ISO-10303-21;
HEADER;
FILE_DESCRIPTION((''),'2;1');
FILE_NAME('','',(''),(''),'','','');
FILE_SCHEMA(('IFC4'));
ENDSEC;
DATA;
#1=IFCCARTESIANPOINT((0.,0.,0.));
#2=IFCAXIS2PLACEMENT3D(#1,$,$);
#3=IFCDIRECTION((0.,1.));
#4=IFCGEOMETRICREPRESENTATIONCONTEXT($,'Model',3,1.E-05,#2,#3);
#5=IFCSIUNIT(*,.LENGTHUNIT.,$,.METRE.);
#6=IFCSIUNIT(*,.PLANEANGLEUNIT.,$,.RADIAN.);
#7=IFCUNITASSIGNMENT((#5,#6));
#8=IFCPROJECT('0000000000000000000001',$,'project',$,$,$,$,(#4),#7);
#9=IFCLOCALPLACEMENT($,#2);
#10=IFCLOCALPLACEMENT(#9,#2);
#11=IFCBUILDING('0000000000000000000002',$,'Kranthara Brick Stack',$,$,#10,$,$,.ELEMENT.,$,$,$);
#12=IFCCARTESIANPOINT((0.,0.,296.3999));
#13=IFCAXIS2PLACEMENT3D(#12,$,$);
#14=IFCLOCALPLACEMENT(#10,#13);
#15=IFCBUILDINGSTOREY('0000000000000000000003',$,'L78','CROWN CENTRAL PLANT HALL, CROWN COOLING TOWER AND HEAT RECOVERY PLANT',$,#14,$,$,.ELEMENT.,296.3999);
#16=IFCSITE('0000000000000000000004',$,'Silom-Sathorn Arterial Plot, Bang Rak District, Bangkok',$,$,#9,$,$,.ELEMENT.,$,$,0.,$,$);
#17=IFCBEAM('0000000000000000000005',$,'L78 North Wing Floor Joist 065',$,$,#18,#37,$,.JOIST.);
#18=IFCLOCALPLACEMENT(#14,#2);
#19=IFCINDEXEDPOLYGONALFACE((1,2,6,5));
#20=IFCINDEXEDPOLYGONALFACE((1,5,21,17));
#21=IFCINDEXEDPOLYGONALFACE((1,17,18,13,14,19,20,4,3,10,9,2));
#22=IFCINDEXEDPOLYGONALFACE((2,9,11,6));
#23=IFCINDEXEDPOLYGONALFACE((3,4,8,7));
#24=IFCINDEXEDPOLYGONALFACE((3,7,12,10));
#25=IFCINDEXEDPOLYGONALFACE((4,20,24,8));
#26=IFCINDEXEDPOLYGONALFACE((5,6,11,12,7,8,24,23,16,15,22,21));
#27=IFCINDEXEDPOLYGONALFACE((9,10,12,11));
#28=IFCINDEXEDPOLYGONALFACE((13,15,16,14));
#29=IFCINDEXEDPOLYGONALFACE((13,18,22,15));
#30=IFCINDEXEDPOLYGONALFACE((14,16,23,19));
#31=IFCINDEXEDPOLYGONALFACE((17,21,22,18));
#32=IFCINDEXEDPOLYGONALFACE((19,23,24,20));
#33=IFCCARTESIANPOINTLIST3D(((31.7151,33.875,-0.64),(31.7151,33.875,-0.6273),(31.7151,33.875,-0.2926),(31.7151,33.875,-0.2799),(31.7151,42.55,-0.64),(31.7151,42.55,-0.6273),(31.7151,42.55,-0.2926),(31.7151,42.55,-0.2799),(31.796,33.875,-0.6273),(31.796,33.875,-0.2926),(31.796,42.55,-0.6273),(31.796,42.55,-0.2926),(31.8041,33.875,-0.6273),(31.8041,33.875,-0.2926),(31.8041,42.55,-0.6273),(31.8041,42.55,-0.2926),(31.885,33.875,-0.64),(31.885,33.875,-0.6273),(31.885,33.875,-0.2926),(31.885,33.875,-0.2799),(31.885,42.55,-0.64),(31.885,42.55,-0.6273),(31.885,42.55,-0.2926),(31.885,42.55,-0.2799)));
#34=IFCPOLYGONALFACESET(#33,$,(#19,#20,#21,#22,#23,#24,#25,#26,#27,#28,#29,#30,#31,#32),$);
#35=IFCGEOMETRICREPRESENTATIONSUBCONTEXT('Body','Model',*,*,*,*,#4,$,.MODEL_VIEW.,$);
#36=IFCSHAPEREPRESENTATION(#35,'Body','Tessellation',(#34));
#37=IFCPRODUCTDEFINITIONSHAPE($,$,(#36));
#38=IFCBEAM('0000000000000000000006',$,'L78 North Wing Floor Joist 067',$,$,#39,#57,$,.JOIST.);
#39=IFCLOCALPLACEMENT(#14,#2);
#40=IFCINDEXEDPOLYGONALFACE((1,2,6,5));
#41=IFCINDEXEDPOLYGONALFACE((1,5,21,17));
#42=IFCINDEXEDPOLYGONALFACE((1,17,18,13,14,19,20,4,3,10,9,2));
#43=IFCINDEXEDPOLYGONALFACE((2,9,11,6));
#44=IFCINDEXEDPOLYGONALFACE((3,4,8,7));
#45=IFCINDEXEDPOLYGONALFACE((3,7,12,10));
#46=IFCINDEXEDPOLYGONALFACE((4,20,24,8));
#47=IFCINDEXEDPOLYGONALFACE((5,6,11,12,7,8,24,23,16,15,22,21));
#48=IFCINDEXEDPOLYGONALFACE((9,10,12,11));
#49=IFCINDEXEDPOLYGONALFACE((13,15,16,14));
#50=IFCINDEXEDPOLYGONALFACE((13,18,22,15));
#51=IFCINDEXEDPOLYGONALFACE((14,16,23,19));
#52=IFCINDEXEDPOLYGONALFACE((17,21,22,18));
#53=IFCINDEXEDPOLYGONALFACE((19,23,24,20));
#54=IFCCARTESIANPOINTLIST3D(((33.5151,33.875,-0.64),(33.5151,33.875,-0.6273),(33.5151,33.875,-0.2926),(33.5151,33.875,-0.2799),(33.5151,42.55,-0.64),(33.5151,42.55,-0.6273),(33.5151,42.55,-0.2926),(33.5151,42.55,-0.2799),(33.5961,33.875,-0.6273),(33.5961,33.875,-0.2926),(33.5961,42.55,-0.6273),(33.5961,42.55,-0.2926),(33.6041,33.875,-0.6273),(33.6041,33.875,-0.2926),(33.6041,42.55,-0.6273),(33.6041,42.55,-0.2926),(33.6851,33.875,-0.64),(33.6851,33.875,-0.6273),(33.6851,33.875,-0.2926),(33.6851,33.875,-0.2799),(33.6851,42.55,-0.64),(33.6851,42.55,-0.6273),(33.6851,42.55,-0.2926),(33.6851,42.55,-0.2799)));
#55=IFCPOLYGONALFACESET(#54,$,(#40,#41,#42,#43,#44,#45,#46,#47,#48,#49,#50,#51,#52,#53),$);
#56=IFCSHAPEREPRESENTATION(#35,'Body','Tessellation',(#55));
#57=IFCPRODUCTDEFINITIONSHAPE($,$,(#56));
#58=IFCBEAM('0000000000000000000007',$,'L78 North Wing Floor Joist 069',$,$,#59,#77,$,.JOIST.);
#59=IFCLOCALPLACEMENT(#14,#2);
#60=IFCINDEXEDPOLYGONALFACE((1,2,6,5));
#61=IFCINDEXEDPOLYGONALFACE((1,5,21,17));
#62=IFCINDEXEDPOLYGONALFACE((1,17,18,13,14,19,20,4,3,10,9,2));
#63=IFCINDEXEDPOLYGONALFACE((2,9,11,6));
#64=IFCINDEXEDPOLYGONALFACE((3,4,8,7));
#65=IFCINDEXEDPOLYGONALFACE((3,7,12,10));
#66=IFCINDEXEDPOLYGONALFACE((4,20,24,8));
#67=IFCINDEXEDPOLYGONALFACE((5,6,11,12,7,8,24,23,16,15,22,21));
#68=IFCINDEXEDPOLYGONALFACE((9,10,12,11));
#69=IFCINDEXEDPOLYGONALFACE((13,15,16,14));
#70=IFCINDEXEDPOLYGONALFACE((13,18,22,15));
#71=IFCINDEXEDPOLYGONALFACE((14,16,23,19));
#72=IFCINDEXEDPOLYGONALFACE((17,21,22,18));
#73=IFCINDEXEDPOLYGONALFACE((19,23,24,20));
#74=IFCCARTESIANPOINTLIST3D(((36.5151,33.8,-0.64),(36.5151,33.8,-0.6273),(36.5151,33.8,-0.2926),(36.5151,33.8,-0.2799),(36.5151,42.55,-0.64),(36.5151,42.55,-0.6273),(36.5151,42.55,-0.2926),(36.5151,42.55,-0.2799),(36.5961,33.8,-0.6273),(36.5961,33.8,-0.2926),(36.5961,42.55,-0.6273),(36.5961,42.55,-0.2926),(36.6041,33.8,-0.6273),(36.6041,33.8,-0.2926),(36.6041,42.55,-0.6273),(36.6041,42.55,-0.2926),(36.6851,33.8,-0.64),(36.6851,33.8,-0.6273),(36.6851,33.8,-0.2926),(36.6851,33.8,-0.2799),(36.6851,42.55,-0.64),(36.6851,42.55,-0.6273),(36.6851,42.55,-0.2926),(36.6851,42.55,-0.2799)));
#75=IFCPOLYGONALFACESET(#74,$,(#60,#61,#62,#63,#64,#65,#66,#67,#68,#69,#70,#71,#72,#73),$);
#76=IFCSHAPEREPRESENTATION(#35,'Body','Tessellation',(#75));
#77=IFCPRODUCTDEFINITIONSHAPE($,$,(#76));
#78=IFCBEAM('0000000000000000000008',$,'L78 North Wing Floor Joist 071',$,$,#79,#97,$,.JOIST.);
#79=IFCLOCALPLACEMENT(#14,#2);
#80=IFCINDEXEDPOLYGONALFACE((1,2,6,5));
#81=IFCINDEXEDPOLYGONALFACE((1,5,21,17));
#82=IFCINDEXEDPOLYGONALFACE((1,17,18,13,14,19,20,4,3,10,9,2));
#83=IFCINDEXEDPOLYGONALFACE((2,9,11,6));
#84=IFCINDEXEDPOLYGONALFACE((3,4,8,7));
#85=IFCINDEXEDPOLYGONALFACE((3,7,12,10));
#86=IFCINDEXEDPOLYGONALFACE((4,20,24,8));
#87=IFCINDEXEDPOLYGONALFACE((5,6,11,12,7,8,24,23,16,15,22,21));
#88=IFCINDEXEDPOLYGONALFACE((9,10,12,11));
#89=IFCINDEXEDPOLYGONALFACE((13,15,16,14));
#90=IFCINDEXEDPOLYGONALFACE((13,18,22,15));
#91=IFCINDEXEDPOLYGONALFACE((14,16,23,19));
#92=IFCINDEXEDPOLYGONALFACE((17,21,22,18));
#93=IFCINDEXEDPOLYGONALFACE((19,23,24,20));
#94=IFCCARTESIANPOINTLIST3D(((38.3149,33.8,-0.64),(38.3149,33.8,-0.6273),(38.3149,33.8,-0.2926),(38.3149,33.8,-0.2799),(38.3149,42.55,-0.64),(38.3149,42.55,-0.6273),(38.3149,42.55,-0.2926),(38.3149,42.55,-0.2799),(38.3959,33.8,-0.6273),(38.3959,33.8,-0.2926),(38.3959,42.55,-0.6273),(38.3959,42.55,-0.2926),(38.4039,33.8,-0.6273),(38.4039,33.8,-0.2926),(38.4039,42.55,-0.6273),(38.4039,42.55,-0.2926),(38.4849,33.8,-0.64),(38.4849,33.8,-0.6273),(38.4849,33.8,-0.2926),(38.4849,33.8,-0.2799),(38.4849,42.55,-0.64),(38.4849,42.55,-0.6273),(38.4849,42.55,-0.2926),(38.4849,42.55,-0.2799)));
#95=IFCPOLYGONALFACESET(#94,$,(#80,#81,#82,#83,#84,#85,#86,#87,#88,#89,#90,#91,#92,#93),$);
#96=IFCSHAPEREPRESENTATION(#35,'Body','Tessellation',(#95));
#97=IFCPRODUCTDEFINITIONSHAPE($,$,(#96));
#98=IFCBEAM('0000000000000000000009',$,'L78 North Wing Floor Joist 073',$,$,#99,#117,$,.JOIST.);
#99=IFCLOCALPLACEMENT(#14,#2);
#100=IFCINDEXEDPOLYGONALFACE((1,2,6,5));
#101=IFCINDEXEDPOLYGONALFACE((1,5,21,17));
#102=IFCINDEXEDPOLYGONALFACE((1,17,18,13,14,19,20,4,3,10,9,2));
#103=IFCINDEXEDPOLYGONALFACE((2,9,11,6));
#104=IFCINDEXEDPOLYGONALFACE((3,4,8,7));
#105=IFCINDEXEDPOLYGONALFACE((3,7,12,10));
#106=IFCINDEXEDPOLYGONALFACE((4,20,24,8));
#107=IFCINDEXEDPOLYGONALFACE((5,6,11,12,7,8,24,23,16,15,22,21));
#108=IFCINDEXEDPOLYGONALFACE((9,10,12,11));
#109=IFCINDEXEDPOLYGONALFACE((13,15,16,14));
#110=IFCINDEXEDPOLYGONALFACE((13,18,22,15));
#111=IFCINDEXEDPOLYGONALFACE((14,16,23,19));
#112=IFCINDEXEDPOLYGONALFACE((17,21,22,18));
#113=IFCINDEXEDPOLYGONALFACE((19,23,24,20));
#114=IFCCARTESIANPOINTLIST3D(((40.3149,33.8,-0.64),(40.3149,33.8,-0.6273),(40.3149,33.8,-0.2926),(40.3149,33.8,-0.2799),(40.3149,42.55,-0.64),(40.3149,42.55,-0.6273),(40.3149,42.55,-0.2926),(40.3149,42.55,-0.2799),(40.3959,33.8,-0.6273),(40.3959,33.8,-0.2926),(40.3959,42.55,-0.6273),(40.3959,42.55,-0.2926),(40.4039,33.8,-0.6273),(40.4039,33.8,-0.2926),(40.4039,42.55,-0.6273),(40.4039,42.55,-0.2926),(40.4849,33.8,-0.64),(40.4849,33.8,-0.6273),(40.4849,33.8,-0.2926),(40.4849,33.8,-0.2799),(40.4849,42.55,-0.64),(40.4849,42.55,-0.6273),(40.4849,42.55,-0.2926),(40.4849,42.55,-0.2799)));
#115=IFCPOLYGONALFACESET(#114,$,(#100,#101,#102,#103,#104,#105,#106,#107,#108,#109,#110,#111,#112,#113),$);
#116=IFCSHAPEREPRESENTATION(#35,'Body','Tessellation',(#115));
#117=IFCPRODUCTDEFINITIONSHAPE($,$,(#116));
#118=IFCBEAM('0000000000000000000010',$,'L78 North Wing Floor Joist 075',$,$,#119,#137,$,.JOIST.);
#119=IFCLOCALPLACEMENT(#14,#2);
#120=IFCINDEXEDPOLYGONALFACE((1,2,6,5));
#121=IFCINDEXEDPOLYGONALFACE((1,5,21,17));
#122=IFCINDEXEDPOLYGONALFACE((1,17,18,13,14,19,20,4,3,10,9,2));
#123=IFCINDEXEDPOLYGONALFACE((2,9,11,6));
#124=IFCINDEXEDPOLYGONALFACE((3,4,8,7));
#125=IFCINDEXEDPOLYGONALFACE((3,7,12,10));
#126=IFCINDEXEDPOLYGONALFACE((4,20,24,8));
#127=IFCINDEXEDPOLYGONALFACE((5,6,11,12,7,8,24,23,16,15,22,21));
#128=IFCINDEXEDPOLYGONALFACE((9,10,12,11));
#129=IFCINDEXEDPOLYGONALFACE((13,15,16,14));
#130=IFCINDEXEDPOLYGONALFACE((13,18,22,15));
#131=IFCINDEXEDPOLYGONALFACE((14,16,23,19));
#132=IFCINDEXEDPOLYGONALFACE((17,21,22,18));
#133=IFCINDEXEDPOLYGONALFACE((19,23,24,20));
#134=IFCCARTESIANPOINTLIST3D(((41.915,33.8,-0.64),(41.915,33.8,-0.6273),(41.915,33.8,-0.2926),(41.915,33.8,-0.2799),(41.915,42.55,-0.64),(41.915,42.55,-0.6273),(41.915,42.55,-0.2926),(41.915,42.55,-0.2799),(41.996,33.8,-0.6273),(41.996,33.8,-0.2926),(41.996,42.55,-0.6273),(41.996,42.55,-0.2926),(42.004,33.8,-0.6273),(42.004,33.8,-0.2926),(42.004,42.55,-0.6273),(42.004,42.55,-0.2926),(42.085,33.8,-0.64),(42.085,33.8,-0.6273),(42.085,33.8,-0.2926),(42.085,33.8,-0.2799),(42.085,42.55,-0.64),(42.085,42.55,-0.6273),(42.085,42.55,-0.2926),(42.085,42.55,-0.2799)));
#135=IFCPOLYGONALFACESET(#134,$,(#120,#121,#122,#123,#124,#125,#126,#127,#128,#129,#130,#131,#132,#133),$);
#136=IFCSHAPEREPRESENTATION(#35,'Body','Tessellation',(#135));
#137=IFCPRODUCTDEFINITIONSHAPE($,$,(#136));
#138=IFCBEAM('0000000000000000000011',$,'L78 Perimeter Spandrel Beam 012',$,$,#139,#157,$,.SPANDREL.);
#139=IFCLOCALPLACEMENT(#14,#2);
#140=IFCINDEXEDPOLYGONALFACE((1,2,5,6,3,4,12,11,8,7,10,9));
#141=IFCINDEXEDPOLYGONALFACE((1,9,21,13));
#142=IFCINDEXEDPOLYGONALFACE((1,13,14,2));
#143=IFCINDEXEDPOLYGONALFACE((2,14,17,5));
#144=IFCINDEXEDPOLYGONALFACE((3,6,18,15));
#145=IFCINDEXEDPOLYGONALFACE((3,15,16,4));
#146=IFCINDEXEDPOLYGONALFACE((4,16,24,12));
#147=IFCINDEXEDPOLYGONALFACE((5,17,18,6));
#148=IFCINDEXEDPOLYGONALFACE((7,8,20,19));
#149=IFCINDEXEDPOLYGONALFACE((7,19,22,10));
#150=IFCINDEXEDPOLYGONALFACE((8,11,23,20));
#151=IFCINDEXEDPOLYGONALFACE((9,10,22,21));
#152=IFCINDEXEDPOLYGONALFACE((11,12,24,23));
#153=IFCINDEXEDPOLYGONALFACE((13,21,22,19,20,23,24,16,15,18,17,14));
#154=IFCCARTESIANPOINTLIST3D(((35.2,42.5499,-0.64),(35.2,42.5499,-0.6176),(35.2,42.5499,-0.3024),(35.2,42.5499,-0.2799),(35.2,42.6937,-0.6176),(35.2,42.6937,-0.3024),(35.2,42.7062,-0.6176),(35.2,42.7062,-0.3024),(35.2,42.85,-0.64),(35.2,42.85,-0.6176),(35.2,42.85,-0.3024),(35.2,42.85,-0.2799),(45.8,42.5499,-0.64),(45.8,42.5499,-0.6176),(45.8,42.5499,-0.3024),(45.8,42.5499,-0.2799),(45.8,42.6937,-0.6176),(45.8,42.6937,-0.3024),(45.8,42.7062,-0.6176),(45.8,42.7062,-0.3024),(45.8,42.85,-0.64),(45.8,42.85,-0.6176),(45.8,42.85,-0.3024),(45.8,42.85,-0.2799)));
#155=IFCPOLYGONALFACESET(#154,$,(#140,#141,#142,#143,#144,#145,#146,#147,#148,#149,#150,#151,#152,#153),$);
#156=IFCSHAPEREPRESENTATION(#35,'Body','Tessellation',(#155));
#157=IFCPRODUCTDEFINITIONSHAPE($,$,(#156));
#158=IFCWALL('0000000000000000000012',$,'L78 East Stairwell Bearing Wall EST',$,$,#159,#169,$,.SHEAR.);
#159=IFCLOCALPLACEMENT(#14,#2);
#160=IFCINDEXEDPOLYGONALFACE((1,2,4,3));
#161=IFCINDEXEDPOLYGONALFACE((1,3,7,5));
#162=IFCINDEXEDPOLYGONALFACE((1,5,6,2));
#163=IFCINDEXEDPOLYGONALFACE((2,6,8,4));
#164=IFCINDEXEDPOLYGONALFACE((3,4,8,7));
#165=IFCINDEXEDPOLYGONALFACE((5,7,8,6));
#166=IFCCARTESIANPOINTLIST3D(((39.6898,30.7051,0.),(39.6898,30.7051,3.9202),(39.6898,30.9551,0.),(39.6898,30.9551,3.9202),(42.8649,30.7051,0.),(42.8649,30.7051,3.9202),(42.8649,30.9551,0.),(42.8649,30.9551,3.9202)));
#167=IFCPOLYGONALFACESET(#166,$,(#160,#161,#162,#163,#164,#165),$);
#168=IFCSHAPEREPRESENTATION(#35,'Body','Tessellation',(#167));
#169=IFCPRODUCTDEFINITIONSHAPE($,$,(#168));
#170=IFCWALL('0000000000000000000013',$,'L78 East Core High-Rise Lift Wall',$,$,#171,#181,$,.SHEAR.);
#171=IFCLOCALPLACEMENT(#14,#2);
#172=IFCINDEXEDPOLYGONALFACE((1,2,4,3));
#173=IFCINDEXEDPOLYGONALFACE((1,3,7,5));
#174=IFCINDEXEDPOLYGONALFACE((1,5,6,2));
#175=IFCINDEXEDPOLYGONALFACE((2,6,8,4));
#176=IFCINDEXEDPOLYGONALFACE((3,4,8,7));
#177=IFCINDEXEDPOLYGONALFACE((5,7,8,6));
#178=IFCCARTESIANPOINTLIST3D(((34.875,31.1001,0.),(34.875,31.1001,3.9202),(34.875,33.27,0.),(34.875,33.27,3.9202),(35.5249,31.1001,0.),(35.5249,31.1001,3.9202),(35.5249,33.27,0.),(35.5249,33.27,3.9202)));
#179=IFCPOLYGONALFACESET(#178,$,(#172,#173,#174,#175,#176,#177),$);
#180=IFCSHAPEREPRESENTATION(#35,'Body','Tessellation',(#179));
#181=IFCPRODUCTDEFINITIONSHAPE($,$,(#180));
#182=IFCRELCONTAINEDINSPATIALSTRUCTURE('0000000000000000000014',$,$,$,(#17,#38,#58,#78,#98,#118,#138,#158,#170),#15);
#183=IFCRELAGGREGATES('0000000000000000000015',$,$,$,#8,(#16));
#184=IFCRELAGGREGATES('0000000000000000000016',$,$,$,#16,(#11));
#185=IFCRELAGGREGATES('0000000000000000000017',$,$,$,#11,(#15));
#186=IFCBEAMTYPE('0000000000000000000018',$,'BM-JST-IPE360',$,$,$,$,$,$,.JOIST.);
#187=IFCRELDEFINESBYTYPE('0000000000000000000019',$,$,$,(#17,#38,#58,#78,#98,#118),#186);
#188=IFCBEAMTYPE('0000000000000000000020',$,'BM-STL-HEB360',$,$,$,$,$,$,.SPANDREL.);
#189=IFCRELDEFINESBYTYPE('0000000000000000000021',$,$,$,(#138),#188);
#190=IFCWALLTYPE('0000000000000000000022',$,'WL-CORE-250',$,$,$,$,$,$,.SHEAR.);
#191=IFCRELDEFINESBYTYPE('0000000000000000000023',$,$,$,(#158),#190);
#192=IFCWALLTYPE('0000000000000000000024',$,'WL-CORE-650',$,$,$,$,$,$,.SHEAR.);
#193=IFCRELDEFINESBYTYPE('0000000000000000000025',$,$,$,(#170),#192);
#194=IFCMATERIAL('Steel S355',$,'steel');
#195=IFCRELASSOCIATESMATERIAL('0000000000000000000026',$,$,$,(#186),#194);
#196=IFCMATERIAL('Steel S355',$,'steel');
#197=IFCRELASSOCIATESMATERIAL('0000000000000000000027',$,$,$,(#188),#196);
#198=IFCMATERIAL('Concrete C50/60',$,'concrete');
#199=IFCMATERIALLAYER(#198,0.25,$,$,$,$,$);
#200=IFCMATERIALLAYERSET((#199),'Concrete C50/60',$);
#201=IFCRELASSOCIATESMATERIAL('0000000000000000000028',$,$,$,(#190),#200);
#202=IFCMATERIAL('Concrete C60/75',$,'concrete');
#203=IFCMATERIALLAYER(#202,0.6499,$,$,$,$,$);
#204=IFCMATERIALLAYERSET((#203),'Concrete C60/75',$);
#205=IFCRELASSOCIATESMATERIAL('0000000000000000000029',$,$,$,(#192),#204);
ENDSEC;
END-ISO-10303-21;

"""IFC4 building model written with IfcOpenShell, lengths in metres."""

from ifc_helpers import new_model, si_unit, direction, frame, frame_2d, origin, origin_2d, place, context, subcontext, project, spatial, rectangle, i_section, extrude, material, layer, layer_set, material_profile, profile_set, type_object, element, save


model = new_model("IFC4")

# Units and contexts
model_context = context("Model", 3, precision=1e-05, world=origin(), true_north=direction((0.0, 1.0)))
body_context = subcontext(model_context, "Body", "Model", "MODEL_VIEW")
ifc_project = project(units=[si_unit("LENGTHUNIT", "METRE"), si_unit("PLANEANGLEUNIT", "RADIAN")], contexts=[model_context])

# Site, building, storey
site_placement = place(None, origin())
site = spatial("IfcSite", under=ifc_project, at=site_placement, Name="Silom-Sathorn Arterial Plot, Bang Rak District, Bangkok", CompositionType="ELEMENT", RefElevation=0.0)
building_placement = place(site_placement, origin())
building = spatial("IfcBuilding", under=site, at=building_placement, Name="Kranthara Brick Stack", CompositionType="ELEMENT")
storey_placement = place(building_placement, frame((0.0, 0.0, 296.3999)))
storey = spatial("IfcBuildingStorey", under=building, at=storey_placement, Name="L78", Description="CROWN CENTRAL PLANT HALL, CROWN COOLING TOWER AND HEAT RECOVERY PLANT", CompositionType="ELEMENT", Elevation=296.3999)

# Beams
ifc_material_1 = material(Name="Steel S355", Category="steel")
ifc_material_profile_1 = material_profile(ifc_material_1, i_section(OverallWidth=0.1699, OverallDepth=0.3601, WebThickness=0.0081, FlangeThickness=0.0127, at=origin_2d()), Name="IPE 360")
ifc_profile_set_1 = profile_set([ifc_material_profile_1], Name="Steel S355")
beam_type_1 = type_object("IfcBeamType", Name="BM-JST-IPE360", PredefinedType="JOIST", material=ifc_profile_set_1)
for number, where, z_axis, x_axis, name in (
    (1, (31.8, 33.875, -0.46), (0.0, 1.0, 0.0), (-1.0, 0.0, 0.0), "L78 North Wing Floor Joist 065"),
    (2, (33.6001, 33.875, -0.46), (0.0, 1.0, 0.0), (-1.0, 0.0, 0.0), "L78 North Wing Floor Joist 067"),
):
    element("IfcBeam", number, at=place(storey_placement, frame(where, z_axis=z_axis, x_axis=x_axis)), inside=storey, type_object=beam_type_1, Name=name, PredefinedType="JOIST", context=body_context, shape_type="SweptSolid", body=[
        extrude(i_section(OverallWidth=0.1699, OverallDepth=0.3601, WebThickness=0.0081, FlangeThickness=0.0127, at=origin_2d()), origin(), (0.0, 0.0, 1.0), 8.675),
    ])
for number, where, z_axis, x_axis, name in (
    (3, (36.6001, 33.8, -0.46), (0.0, 1.0, 0.0), (-1.0, 0.0, 0.0), "L78 North Wing Floor Joist 069"),
    (4, (38.3999, 33.8, -0.46), (0.0, 1.0, 0.0), (-1.0, 0.0, 0.0), "L78 North Wing Floor Joist 071"),
    (5, (40.3999, 33.8, -0.46), (0.0, 1.0, 0.0), (-1.0, 0.0, 0.0), "L78 North Wing Floor Joist 073"),
    (6, (42.0, 33.8, -0.46), (0.0, 1.0, 0.0), (-1.0, 0.0, 0.0), "L78 North Wing Floor Joist 075"),
):
    element("IfcBeam", number, at=place(storey_placement, frame(where, z_axis=z_axis, x_axis=x_axis)), inside=storey, type_object=beam_type_1, Name=name, PredefinedType="JOIST", context=body_context, shape_type="SweptSolid", body=[
        extrude(i_section(OverallWidth=0.1699, OverallDepth=0.3601, WebThickness=0.0081, FlangeThickness=0.0127, at=origin_2d()), origin(), (0.0, 0.0, 1.0), 8.75),
    ])
ifc_material_2 = material(Name="Steel S355", Category="steel")
ifc_material_profile_2 = material_profile(ifc_material_2, i_section(OverallWidth=0.3, OverallDepth=0.3601, WebThickness=0.0125, FlangeThickness=0.0225, at=origin_2d()), Name="HEB 360")
ifc_profile_set_2 = profile_set([ifc_material_profile_2], Name="Steel S355")
beam_type_2 = type_object("IfcBeamType", Name="BM-STL-HEB360", PredefinedType="SPANDREL", material=ifc_profile_set_2)
beam_1_placement = place(storey_placement, frame((35.2, 42.7, -0.46), z_axis=(1.0, 0.0, 0.0), x_axis=(0.0, 1.0, 0.0)))
element("IfcBeam", 7, at=beam_1_placement, inside=storey, type_object=beam_type_2, Name="L78 Perimeter Spandrel Beam 012", PredefinedType="SPANDREL", context=body_context, shape_type="SweptSolid", body=[
    extrude(i_section(OverallWidth=0.3, OverallDepth=0.3601, WebThickness=0.0125, FlangeThickness=0.0225, at=origin_2d()), origin(), (0.0, 0.0, 1.0), 10.6001),
])

# Wall
ifc_material_3 = material(Name="Concrete C50/60", Category="concrete")
ifc_layer_1 = layer(ifc_material_3, 0.25)
ifc_layer_set_1 = layer_set([ifc_layer_1], Name="Concrete C50/60")
wall_type_1 = type_object("IfcWallType", Name="WL-CORE-250", PredefinedType="SHEAR", material=ifc_layer_set_1)
wall_1_placement = place(storey_placement, frame((39.6899, 30.8301, 0.0), z_axis=(0.0, 0.0, 1.0), x_axis=(1.0, 0.0, 0.0)))
element("IfcWall", 8, at=wall_1_placement, inside=storey, type_object=wall_type_1, Name="L78 East Stairwell Bearing Wall EST", PredefinedType="SHEAR", context=body_context, shape_type="SweptSolid", body=[
    extrude(rectangle(XDim=3.175, YDim=0.25, at=frame_2d((1.5874, 0.0))), origin(), (0.0, 0.0, 1.0), 3.9202),
])

# Shared definitions
ifc_material_4 = material(Name="Concrete C60/75", Category="concrete")
ifc_layer_2 = layer(ifc_material_4, 0.6499)
ifc_layer_set_2 = layer_set([ifc_layer_2], Name="Concrete C60/75")
wall_type_2 = type_object("IfcWallType", Name="WL-CORE-650", PredefinedType="SHEAR", material=ifc_layer_set_2)

# Wall
wall_2_placement = place(storey_placement, frame((35.2, 31.1001, 0.0), z_axis=(0.0, 0.0, 1.0), x_axis=(0.0, 1.0, 0.0)))
element("IfcWall", 9, at=wall_2_placement, inside=storey, type_object=wall_type_2, Name="L78 East Core High-Rise Lift Wall", PredefinedType="SHEAR", context=body_context, shape_type="SweptSolid", body=[
    extrude(rectangle(XDim=2.1699, YDim=0.6499, at=frame_2d((1.085, 0.0))), origin(), (0.0, 0.0, 1.0), 3.9202),
])

save(model, "model.ifc")
